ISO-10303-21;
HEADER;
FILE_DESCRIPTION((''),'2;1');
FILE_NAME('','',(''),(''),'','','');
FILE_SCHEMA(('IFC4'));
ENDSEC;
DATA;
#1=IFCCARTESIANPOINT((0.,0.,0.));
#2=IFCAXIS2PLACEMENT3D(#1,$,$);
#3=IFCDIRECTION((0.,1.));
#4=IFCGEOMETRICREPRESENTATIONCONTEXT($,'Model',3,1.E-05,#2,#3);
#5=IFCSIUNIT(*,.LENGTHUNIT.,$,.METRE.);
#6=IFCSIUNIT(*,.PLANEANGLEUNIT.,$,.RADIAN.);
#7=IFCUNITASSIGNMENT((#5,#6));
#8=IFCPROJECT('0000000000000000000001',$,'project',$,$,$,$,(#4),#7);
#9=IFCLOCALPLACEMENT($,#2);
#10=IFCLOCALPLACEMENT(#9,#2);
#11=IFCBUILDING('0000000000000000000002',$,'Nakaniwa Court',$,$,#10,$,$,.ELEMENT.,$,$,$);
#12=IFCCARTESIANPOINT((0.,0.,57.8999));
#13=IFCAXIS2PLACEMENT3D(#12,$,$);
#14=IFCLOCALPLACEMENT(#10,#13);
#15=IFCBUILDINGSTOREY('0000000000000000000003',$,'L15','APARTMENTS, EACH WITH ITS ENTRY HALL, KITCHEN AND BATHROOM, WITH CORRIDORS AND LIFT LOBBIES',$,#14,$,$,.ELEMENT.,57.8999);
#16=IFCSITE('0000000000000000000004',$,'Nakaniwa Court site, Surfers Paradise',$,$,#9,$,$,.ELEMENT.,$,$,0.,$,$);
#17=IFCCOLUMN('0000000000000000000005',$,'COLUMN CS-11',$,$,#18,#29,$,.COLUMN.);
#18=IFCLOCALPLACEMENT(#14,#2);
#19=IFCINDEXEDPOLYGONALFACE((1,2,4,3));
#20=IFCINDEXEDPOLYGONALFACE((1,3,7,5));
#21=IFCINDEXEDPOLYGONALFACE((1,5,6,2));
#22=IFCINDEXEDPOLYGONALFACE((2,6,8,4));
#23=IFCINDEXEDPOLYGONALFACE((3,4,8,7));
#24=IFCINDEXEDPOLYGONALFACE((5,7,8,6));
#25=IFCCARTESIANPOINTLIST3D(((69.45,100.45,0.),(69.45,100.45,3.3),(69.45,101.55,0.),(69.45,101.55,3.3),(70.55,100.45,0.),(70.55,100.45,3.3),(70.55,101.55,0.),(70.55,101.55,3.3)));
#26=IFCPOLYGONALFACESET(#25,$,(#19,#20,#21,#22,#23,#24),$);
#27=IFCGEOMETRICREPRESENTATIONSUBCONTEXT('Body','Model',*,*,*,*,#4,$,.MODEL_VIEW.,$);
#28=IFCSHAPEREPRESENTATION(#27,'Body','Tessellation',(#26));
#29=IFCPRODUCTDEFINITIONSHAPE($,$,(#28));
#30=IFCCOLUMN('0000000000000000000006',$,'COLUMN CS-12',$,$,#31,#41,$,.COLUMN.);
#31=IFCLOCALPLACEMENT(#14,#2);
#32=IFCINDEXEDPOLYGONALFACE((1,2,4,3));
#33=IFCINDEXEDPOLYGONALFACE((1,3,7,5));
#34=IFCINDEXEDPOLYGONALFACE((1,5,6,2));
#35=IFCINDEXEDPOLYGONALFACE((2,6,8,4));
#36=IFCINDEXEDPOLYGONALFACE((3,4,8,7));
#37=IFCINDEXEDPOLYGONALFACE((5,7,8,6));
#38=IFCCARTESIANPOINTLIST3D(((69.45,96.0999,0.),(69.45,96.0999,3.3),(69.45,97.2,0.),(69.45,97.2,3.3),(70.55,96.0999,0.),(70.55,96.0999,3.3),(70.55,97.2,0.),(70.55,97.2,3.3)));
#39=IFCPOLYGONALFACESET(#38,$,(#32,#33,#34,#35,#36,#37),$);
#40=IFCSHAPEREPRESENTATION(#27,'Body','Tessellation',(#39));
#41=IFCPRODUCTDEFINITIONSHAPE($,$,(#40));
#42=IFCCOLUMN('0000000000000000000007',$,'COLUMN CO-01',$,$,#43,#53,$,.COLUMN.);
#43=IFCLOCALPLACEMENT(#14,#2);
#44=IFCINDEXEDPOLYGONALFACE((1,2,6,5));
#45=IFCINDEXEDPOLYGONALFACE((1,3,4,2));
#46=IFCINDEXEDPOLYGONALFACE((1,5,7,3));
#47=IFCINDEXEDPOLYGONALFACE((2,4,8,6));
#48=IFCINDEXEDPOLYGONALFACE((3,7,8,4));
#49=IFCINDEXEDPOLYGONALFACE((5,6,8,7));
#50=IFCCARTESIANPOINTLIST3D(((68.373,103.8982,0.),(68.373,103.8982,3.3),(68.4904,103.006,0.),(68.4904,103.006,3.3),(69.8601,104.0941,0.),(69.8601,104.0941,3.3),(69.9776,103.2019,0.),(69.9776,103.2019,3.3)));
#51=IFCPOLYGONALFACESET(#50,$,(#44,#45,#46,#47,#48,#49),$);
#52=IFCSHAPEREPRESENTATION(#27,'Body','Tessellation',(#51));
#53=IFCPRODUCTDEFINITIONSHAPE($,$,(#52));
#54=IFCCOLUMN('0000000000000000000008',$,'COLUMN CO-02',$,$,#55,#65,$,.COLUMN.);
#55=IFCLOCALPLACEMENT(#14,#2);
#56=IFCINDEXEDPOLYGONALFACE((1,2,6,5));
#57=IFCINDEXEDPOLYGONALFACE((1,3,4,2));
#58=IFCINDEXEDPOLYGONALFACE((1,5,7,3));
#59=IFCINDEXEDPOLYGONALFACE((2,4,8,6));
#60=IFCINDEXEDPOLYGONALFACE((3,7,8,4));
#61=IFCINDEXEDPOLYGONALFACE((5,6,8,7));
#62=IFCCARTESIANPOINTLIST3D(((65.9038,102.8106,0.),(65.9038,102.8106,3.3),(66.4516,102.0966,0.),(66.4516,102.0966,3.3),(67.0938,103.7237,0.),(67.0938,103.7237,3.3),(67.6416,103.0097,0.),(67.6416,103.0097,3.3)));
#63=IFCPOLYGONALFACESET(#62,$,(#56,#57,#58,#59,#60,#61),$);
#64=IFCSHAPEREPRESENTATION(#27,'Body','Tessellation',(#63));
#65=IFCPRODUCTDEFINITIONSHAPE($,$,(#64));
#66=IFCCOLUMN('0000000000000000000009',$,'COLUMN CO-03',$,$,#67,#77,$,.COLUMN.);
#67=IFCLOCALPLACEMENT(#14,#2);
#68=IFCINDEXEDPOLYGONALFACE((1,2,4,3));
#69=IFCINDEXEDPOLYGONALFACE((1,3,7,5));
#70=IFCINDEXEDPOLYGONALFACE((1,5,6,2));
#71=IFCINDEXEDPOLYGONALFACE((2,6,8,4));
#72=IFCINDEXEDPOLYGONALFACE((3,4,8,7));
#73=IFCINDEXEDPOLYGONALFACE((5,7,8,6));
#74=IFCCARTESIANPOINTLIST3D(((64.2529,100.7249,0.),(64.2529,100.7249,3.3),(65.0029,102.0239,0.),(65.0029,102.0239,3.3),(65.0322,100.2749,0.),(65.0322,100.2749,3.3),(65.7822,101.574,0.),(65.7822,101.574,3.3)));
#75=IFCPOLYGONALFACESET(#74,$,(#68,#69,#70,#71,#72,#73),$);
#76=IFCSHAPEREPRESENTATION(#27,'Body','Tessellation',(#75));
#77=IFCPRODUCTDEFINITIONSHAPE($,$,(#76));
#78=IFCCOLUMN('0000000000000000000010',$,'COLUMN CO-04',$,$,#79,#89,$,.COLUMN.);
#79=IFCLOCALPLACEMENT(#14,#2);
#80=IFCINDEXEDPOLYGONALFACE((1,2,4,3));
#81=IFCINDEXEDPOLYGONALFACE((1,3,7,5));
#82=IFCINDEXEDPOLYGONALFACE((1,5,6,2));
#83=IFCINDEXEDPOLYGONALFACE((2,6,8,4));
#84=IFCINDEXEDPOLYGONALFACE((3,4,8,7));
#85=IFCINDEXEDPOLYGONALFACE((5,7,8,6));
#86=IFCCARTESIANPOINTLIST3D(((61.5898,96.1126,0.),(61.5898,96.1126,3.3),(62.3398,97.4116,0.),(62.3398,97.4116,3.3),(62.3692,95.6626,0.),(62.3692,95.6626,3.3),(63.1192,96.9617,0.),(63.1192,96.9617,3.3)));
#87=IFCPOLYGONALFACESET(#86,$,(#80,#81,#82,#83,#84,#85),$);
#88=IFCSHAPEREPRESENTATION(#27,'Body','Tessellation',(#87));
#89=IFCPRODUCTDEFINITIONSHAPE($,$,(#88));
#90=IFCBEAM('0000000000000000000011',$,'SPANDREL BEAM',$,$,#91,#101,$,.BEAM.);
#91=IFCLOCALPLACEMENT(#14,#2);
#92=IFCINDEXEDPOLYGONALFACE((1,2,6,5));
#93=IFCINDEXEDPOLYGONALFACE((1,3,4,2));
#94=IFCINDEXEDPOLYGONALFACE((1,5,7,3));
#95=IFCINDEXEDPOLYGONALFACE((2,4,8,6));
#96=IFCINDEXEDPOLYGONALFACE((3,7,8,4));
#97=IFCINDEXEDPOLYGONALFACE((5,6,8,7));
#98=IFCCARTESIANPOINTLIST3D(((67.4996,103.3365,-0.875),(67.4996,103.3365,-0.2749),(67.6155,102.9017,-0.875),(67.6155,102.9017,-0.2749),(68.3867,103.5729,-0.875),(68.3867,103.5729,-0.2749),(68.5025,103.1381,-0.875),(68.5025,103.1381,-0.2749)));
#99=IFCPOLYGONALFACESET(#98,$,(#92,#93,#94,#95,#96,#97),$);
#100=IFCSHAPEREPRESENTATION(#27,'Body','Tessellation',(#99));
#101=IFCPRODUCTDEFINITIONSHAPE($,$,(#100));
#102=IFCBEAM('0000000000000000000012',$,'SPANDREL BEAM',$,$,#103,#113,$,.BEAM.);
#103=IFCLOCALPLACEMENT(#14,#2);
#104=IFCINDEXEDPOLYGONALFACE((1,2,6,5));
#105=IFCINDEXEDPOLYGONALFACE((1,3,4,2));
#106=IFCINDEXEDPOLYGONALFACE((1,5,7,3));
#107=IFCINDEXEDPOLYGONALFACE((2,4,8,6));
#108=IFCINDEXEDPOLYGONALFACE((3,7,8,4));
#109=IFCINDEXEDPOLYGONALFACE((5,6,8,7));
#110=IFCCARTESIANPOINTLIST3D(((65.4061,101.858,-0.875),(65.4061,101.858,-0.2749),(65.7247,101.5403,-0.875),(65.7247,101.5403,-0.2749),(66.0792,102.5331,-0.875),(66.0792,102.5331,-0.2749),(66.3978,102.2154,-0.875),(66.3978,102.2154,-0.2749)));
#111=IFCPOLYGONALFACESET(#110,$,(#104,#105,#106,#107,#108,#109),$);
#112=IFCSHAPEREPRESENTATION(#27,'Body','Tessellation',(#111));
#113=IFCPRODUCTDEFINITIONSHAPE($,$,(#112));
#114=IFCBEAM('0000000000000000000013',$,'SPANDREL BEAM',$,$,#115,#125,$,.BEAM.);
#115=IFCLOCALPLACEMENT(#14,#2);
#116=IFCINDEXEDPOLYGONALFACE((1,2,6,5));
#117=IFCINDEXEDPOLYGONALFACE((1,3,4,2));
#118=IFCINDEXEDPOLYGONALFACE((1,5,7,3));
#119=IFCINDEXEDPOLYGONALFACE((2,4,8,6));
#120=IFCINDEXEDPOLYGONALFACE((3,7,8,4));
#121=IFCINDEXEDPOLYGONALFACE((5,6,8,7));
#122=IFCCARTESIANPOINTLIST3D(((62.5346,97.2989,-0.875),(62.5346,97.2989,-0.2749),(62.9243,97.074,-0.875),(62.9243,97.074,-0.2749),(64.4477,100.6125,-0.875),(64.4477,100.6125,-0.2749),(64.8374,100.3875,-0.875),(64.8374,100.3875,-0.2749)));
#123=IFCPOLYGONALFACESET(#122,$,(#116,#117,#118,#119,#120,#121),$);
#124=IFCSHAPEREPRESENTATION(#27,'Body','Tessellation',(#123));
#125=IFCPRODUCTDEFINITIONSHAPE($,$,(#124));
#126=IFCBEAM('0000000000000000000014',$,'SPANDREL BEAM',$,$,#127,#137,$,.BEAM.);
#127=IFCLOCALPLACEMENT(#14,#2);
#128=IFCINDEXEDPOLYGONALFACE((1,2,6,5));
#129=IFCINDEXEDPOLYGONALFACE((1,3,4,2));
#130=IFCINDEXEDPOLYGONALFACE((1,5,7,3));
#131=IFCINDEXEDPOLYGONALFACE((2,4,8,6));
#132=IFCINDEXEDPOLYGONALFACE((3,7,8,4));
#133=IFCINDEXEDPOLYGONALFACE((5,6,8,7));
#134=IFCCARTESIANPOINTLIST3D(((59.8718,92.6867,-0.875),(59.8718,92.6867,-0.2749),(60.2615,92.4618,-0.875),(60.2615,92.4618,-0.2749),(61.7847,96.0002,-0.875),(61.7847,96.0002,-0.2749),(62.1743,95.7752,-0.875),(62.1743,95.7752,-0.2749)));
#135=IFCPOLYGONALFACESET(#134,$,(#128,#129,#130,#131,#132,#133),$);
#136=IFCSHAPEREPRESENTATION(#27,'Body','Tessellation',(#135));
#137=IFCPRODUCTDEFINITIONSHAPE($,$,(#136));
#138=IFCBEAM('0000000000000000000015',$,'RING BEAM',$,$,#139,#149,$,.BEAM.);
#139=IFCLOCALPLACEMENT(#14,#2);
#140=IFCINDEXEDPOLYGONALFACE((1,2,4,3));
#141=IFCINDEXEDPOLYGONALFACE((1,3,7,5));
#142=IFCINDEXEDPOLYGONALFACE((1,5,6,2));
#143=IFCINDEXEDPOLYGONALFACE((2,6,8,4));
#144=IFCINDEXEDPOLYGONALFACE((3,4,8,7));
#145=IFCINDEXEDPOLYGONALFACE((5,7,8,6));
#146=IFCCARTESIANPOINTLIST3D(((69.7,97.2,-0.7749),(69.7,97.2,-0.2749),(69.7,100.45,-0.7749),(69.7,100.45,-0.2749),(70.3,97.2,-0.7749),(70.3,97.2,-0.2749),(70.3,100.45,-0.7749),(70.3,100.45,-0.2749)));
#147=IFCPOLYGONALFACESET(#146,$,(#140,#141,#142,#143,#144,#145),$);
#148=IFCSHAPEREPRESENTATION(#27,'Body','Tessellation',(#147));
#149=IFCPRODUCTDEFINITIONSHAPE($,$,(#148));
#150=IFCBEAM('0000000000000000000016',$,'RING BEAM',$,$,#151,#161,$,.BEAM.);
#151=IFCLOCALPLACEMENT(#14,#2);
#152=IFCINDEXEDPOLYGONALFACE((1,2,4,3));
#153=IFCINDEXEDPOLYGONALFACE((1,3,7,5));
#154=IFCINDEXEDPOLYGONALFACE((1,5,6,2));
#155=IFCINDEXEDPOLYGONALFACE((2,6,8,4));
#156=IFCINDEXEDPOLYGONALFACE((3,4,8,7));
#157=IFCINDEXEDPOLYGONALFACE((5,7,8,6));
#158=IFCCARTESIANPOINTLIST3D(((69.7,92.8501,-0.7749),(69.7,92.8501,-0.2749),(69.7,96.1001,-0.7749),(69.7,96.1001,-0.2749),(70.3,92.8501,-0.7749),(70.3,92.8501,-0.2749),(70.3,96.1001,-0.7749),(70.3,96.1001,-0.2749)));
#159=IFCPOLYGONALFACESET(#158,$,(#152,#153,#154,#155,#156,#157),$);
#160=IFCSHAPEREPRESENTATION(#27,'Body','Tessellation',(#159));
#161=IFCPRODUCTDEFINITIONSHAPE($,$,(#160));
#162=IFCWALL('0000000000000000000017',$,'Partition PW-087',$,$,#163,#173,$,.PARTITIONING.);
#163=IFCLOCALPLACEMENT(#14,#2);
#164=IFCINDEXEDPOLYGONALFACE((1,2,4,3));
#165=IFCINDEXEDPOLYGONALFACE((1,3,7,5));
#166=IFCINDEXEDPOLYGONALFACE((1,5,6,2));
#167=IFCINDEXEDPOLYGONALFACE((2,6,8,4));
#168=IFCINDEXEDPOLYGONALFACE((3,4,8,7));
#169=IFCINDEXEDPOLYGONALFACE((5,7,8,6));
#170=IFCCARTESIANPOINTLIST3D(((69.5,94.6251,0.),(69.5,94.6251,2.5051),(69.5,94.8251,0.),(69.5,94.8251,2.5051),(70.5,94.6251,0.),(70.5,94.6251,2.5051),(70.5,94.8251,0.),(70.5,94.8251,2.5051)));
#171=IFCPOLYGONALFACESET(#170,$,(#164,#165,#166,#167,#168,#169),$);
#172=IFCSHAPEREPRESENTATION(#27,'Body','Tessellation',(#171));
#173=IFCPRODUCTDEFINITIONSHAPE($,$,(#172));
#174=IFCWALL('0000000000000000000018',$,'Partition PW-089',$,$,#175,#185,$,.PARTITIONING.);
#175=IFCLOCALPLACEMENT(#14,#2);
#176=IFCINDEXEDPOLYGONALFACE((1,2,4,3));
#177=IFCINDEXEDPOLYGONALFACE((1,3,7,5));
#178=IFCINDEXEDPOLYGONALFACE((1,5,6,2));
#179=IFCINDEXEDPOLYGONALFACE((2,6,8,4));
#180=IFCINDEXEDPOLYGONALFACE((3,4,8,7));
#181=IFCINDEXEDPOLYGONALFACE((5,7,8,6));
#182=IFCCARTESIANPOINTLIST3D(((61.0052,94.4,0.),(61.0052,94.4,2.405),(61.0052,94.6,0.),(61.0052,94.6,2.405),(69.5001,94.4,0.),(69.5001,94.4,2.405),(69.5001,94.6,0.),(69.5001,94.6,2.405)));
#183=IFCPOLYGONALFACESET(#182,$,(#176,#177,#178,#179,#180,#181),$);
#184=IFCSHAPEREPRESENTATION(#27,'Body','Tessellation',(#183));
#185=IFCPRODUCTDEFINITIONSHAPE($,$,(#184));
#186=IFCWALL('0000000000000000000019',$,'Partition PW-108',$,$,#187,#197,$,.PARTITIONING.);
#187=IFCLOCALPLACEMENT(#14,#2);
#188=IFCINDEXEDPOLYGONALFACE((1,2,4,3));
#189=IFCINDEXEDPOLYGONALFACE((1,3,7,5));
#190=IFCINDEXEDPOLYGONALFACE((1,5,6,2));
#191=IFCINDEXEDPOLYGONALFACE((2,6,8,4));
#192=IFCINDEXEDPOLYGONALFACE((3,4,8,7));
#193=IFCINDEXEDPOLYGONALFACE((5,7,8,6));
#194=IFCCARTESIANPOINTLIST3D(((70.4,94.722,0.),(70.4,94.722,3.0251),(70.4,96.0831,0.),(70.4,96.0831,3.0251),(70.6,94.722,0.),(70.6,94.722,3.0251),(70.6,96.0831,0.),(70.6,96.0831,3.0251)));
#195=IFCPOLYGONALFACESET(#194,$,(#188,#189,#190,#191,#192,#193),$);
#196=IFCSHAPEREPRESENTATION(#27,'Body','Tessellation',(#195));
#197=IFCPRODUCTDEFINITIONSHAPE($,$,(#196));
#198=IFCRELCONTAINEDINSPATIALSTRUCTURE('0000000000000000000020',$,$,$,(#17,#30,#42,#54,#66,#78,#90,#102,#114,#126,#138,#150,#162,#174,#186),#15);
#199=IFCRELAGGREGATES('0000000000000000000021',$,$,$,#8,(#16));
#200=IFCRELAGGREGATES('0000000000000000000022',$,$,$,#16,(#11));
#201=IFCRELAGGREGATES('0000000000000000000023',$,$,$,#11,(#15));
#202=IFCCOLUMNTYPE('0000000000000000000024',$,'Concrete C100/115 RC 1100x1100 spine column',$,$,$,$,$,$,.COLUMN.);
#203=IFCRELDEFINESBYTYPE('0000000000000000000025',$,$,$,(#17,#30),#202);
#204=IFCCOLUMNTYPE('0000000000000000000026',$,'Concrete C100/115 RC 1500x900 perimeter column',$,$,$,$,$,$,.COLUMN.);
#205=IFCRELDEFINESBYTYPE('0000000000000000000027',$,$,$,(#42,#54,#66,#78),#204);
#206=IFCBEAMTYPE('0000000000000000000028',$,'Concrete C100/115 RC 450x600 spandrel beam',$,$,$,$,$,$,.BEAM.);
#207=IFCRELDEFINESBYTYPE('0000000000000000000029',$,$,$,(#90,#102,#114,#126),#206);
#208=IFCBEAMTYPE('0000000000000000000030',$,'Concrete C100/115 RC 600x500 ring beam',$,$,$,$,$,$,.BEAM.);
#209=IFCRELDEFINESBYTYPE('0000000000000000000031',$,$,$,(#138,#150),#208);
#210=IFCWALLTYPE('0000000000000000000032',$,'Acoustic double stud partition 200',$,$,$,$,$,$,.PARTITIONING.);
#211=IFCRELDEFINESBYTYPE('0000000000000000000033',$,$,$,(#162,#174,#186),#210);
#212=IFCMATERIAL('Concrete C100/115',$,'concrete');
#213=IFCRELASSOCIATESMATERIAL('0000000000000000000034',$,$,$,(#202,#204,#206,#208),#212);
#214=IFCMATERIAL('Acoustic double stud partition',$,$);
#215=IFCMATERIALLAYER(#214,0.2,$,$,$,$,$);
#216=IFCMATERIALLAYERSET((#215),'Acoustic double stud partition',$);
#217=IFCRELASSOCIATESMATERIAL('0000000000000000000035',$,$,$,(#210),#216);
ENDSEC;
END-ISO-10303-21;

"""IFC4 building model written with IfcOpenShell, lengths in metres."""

from ifc_helpers import new_model, si_unit, direction, frame, frame_2d, origin, origin_2d, place, context, subcontext, project, spatial, rectangle, extrude, material, layer, layer_set, material_profile, profile_set, type_object, element, save


model = new_model("IFC4")

# Units and contexts
model_context = context("Model", 3, precision=1e-05, world=origin(), true_north=direction((0.0, 1.0)))
body_context = subcontext(model_context, "Body", "Model", "MODEL_VIEW")
ifc_project = project(units=[si_unit("LENGTHUNIT", "METRE"), si_unit("PLANEANGLEUNIT", "RADIAN")], contexts=[model_context])

# Site, building, storey
site_placement = place(None, origin())
site = spatial("IfcSite", under=ifc_project, at=site_placement, Name="Nakaniwa Court site, Surfers Paradise", CompositionType="ELEMENT", RefElevation=0.0)
building_placement = place(site_placement, origin())
building = spatial("IfcBuilding", under=site, at=building_placement, Name="Nakaniwa Court", CompositionType="ELEMENT")
storey_placement = place(building_placement, frame((0.0, 0.0, 57.8999)))
storey = spatial("IfcBuildingStorey", under=building, at=storey_placement, Name="L15", Description="APARTMENTS, EACH WITH ITS ENTRY HALL, KITCHEN AND BATHROOM, WITH CORRIDORS AND LIFT LOBBIES", CompositionType="ELEMENT", Elevation=57.8999)

# Columns
ifc_material_1 = material(Name="Concrete C100/115", Category="concrete")
ifc_material_profile_1 = material_profile(ifc_material_1, rectangle(XDim=1.1001, YDim=1.1001, at=origin_2d()), Name="Concrete C100/115 RC 1100x1100 spine column")
ifc_profile_set_1 = profile_set([ifc_material_profile_1], Name="Concrete C100/115")
column_type_1 = type_object("IfcColumnType", Name="Concrete C100/115 RC 1100x1100 spine column", PredefinedType="COLUMN", material=ifc_profile_set_1)
for number, where, z_axis, x_axis, name in (
    (1, (70.0, 101.0, 0.0), (0.0, 0.0, 1.0), (0.0, -1.0, 0.0), "COLUMN CS-11"),
    (2, (70.0, 96.6499, 0.0), (0.0, 0.0, 1.0), (0.0, -1.0, 0.0), "COLUMN CS-12"),
):
    element("IfcColumn", number, at=place(storey_placement, frame(where, z_axis=z_axis, x_axis=x_axis)), inside=storey, type_object=column_type_1, Name=name, PredefinedType="COLUMN", context=body_context, shape_type="SweptSolid", body=[
        extrude(rectangle(XDim=1.1001, YDim=1.1001, at=origin_2d()), origin(), (0.0, 0.0, 1.0), 3.3),
    ])
ifc_material_profile_2 = material_profile(ifc_material_1, rectangle(XDim=1.5, YDim=0.8999, at=origin_2d()), Name="Concrete C100/115 RC 1500x900 perimeter column")
ifc_profile_set_2 = profile_set([ifc_material_profile_2], Name="Concrete C100/115")
column_type_2 = type_object("IfcColumnType", Name="Concrete C100/115 RC 1500x900 perimeter column", PredefinedType="COLUMN", material=ifc_profile_set_2)
for number, where, z_axis, x_axis, name in (
    (3, (69.1753, 103.55, 0.0), (0.0, 0.0, 1.0), (-0.991443, -0.130543, 0.0), "COLUMN CO-01"),
    (4, (66.7727, 102.9102, 0.0), (0.0, 0.0, 1.0), (-0.793364, -0.608748, 0.0), "COLUMN CO-02"),
    (5, (65.0176, 101.1494, 0.0), (0.0, 0.0, 1.0), (-0.5, -0.866025, 0.0), "COLUMN CO-03"),
    (6, (62.3545, 96.5371, 0.0), (0.0, 0.0, 1.0), (-0.5, -0.866025, 0.0), "COLUMN CO-04"),
):
    element("IfcColumn", number, at=place(storey_placement, frame(where, z_axis=z_axis, x_axis=x_axis)), inside=storey, type_object=column_type_2, Name=name, PredefinedType="COLUMN", context=body_context, shape_type="SweptSolid", body=[
        extrude(rectangle(XDim=1.5, YDim=0.8999, at=origin_2d()), origin(), (0.0, 0.0, 1.0), 3.3),
    ])

# Beams
ifc_material_profile_3 = material_profile(ifc_material_1, rectangle(XDim=0.45, YDim=0.6001, at=origin_2d()), Name="Concrete C100/115 RC 450x600 spandrel beam")
ifc_profile_set_3 = profile_set([ifc_material_profile_3], Name="Concrete C100/115")
beam_type_1 = type_object("IfcBeamType", Name="Concrete C100/115 RC 450x600 spandrel beam", PredefinedType="BEAM", material=ifc_profile_set_3)
beam_1_placement = place(storey_placement, frame((68.4446, 103.3555, -0.575), z_axis=(-0.966288, -0.257464, 0.0), x_axis=(0.257464, -0.966288, 0.0)))
element("IfcBeam", 7, at=beam_1_placement, inside=storey, type_object=beam_type_1, Name="SPANDREL BEAM", PredefinedType="BEAM", context=body_context, shape_type="SweptSolid", body=[
    extrude(rectangle(XDim=0.45, YDim=0.6001, at=origin_2d()), origin(), (0.0, 0.0, 1.0), 0.918),
])
beam_2_placement = place(storey_placement, frame((66.2385, 102.3743, -0.575), z_axis=(-0.706082, -0.70813, 0.0), x_axis=(0.70813, -0.706082, 0.0)))
element("IfcBeam", 8, at=beam_2_placement, inside=storey, type_object=beam_type_1, Name="SPANDREL BEAM", PredefinedType="BEAM", context=body_context, shape_type="SweptSolid", body=[
    extrude(rectangle(XDim=0.45, YDim=0.6001, at=origin_2d()), origin(), (0.0, 0.0, 1.0), 0.9534),
])
beam_3_placement = place(storey_placement, frame((64.6426, 100.5, -0.575), z_axis=(-0.50001, -0.86602, 0.0), x_axis=(0.86602, -0.50001, 0.0)))
element("IfcBeam", 9, at=beam_3_placement, inside=storey, type_object=beam_type_1, Name="SPANDREL BEAM", PredefinedType="BEAM", context=body_context, shape_type="SweptSolid", body=[
    extrude(rectangle(XDim=0.45, YDim=0.6001, at=origin_2d()), origin(), (0.0, 0.0, 1.0), 3.8262),
])
beam_4_placement = place(storey_placement, frame((61.9795, 95.8877, -0.575), z_axis=(-0.499962, -0.866047, 0.0), x_axis=(0.866047, -0.499962, 0.0)))
element("IfcBeam", 10, at=beam_4_placement, inside=storey, type_object=beam_type_1, Name="SPANDREL BEAM", PredefinedType="BEAM", context=body_context, shape_type="SweptSolid", body=[
    extrude(rectangle(XDim=0.45, YDim=0.6001, at=origin_2d()), origin(), (0.0, 0.0, 1.0), 3.8259),
])
ifc_material_profile_4 = material_profile(ifc_material_1, rectangle(XDim=0.6001, YDim=0.5, at=origin_2d()), Name="Concrete C100/115 RC 600x500 ring beam")
ifc_profile_set_4 = profile_set([ifc_material_profile_4], Name="Concrete C100/115")
beam_type_2 = type_object("IfcBeamType", Name="Concrete C100/115 RC 600x500 ring beam", PredefinedType="BEAM", material=ifc_profile_set_4)
for number, where, z_axis, x_axis, name in (
    (11, (70.0, 100.45, -0.5249), (0.0, -1.0, 0.0), (1.0, 0.0, 0.0), "RING BEAM"),
    (12, (70.0, 96.1001, -0.5249), (0.0, -1.0, 0.0), (1.0, 0.0, 0.0), "RING BEAM"),
):
    element("IfcBeam", number, at=place(storey_placement, frame(where, z_axis=z_axis, x_axis=x_axis)), inside=storey, type_object=beam_type_2, Name=name, PredefinedType="BEAM", context=body_context, shape_type="SweptSolid", body=[
        extrude(rectangle(XDim=0.6001, YDim=0.5, at=origin_2d()), origin(), (0.0, 0.0, 1.0), 3.25),
    ])

# Walls
ifc_material_2 = material(Name="Acoustic double stud partition")
ifc_layer_1 = layer(ifc_material_2, 0.2)
ifc_layer_set_1 = layer_set([ifc_layer_1], Name="Acoustic double stud partition")
wall_type_1 = type_object("IfcWallType", Name="Acoustic double stud partition 200", PredefinedType="PARTITIONING", material=ifc_layer_set_1)
wall_1_placement = place(storey_placement, frame((69.5, 94.7251, 0.0), z_axis=(0.0, 0.0, 1.0), x_axis=(1.0, 0.0, 0.0)))
element("IfcWall", 13, at=wall_1_placement, inside=storey, type_object=wall_type_1, Name="Partition PW-087", PredefinedType="PARTITIONING", context=body_context, shape_type="SweptSolid", body=[
    extrude(rectangle(XDim=1.0, YDim=0.2, at=frame_2d((0.5, 0.0))), origin(), (0.0, 0.0, 1.0), 2.5051),
])
wall_2_placement = place(storey_placement, frame((61.0051, 94.5, 0.0), z_axis=(0.0, 0.0, 1.0), x_axis=(1.0, 0.0, 0.0)))
element("IfcWall", 14, at=wall_2_placement, inside=storey, type_object=wall_type_1, Name="Partition PW-089", PredefinedType="PARTITIONING", context=body_context, shape_type="SweptSolid", body=[
    extrude(rectangle(XDim=8.4949, YDim=0.2, at=frame_2d((4.2476, 0.0))), origin(), (0.0, 0.0, 1.0), 2.405),
])
wall_3_placement = place(storey_placement, frame((70.5, 94.7219, 0.0), z_axis=(0.0, 0.0, 1.0), x_axis=(0.0, 1.0, 0.0)))
element("IfcWall", 15, at=wall_3_placement, inside=storey, type_object=wall_type_1, Name="Partition PW-108", PredefinedType="PARTITIONING", context=body_context, shape_type="SweptSolid", body=[
    extrude(rectangle(XDim=1.3611, YDim=0.2, at=frame_2d((0.6807, 0.0))), origin(), (0.0, 0.0, 1.0), 3.0251),
])

save(model, "model.ifc")
